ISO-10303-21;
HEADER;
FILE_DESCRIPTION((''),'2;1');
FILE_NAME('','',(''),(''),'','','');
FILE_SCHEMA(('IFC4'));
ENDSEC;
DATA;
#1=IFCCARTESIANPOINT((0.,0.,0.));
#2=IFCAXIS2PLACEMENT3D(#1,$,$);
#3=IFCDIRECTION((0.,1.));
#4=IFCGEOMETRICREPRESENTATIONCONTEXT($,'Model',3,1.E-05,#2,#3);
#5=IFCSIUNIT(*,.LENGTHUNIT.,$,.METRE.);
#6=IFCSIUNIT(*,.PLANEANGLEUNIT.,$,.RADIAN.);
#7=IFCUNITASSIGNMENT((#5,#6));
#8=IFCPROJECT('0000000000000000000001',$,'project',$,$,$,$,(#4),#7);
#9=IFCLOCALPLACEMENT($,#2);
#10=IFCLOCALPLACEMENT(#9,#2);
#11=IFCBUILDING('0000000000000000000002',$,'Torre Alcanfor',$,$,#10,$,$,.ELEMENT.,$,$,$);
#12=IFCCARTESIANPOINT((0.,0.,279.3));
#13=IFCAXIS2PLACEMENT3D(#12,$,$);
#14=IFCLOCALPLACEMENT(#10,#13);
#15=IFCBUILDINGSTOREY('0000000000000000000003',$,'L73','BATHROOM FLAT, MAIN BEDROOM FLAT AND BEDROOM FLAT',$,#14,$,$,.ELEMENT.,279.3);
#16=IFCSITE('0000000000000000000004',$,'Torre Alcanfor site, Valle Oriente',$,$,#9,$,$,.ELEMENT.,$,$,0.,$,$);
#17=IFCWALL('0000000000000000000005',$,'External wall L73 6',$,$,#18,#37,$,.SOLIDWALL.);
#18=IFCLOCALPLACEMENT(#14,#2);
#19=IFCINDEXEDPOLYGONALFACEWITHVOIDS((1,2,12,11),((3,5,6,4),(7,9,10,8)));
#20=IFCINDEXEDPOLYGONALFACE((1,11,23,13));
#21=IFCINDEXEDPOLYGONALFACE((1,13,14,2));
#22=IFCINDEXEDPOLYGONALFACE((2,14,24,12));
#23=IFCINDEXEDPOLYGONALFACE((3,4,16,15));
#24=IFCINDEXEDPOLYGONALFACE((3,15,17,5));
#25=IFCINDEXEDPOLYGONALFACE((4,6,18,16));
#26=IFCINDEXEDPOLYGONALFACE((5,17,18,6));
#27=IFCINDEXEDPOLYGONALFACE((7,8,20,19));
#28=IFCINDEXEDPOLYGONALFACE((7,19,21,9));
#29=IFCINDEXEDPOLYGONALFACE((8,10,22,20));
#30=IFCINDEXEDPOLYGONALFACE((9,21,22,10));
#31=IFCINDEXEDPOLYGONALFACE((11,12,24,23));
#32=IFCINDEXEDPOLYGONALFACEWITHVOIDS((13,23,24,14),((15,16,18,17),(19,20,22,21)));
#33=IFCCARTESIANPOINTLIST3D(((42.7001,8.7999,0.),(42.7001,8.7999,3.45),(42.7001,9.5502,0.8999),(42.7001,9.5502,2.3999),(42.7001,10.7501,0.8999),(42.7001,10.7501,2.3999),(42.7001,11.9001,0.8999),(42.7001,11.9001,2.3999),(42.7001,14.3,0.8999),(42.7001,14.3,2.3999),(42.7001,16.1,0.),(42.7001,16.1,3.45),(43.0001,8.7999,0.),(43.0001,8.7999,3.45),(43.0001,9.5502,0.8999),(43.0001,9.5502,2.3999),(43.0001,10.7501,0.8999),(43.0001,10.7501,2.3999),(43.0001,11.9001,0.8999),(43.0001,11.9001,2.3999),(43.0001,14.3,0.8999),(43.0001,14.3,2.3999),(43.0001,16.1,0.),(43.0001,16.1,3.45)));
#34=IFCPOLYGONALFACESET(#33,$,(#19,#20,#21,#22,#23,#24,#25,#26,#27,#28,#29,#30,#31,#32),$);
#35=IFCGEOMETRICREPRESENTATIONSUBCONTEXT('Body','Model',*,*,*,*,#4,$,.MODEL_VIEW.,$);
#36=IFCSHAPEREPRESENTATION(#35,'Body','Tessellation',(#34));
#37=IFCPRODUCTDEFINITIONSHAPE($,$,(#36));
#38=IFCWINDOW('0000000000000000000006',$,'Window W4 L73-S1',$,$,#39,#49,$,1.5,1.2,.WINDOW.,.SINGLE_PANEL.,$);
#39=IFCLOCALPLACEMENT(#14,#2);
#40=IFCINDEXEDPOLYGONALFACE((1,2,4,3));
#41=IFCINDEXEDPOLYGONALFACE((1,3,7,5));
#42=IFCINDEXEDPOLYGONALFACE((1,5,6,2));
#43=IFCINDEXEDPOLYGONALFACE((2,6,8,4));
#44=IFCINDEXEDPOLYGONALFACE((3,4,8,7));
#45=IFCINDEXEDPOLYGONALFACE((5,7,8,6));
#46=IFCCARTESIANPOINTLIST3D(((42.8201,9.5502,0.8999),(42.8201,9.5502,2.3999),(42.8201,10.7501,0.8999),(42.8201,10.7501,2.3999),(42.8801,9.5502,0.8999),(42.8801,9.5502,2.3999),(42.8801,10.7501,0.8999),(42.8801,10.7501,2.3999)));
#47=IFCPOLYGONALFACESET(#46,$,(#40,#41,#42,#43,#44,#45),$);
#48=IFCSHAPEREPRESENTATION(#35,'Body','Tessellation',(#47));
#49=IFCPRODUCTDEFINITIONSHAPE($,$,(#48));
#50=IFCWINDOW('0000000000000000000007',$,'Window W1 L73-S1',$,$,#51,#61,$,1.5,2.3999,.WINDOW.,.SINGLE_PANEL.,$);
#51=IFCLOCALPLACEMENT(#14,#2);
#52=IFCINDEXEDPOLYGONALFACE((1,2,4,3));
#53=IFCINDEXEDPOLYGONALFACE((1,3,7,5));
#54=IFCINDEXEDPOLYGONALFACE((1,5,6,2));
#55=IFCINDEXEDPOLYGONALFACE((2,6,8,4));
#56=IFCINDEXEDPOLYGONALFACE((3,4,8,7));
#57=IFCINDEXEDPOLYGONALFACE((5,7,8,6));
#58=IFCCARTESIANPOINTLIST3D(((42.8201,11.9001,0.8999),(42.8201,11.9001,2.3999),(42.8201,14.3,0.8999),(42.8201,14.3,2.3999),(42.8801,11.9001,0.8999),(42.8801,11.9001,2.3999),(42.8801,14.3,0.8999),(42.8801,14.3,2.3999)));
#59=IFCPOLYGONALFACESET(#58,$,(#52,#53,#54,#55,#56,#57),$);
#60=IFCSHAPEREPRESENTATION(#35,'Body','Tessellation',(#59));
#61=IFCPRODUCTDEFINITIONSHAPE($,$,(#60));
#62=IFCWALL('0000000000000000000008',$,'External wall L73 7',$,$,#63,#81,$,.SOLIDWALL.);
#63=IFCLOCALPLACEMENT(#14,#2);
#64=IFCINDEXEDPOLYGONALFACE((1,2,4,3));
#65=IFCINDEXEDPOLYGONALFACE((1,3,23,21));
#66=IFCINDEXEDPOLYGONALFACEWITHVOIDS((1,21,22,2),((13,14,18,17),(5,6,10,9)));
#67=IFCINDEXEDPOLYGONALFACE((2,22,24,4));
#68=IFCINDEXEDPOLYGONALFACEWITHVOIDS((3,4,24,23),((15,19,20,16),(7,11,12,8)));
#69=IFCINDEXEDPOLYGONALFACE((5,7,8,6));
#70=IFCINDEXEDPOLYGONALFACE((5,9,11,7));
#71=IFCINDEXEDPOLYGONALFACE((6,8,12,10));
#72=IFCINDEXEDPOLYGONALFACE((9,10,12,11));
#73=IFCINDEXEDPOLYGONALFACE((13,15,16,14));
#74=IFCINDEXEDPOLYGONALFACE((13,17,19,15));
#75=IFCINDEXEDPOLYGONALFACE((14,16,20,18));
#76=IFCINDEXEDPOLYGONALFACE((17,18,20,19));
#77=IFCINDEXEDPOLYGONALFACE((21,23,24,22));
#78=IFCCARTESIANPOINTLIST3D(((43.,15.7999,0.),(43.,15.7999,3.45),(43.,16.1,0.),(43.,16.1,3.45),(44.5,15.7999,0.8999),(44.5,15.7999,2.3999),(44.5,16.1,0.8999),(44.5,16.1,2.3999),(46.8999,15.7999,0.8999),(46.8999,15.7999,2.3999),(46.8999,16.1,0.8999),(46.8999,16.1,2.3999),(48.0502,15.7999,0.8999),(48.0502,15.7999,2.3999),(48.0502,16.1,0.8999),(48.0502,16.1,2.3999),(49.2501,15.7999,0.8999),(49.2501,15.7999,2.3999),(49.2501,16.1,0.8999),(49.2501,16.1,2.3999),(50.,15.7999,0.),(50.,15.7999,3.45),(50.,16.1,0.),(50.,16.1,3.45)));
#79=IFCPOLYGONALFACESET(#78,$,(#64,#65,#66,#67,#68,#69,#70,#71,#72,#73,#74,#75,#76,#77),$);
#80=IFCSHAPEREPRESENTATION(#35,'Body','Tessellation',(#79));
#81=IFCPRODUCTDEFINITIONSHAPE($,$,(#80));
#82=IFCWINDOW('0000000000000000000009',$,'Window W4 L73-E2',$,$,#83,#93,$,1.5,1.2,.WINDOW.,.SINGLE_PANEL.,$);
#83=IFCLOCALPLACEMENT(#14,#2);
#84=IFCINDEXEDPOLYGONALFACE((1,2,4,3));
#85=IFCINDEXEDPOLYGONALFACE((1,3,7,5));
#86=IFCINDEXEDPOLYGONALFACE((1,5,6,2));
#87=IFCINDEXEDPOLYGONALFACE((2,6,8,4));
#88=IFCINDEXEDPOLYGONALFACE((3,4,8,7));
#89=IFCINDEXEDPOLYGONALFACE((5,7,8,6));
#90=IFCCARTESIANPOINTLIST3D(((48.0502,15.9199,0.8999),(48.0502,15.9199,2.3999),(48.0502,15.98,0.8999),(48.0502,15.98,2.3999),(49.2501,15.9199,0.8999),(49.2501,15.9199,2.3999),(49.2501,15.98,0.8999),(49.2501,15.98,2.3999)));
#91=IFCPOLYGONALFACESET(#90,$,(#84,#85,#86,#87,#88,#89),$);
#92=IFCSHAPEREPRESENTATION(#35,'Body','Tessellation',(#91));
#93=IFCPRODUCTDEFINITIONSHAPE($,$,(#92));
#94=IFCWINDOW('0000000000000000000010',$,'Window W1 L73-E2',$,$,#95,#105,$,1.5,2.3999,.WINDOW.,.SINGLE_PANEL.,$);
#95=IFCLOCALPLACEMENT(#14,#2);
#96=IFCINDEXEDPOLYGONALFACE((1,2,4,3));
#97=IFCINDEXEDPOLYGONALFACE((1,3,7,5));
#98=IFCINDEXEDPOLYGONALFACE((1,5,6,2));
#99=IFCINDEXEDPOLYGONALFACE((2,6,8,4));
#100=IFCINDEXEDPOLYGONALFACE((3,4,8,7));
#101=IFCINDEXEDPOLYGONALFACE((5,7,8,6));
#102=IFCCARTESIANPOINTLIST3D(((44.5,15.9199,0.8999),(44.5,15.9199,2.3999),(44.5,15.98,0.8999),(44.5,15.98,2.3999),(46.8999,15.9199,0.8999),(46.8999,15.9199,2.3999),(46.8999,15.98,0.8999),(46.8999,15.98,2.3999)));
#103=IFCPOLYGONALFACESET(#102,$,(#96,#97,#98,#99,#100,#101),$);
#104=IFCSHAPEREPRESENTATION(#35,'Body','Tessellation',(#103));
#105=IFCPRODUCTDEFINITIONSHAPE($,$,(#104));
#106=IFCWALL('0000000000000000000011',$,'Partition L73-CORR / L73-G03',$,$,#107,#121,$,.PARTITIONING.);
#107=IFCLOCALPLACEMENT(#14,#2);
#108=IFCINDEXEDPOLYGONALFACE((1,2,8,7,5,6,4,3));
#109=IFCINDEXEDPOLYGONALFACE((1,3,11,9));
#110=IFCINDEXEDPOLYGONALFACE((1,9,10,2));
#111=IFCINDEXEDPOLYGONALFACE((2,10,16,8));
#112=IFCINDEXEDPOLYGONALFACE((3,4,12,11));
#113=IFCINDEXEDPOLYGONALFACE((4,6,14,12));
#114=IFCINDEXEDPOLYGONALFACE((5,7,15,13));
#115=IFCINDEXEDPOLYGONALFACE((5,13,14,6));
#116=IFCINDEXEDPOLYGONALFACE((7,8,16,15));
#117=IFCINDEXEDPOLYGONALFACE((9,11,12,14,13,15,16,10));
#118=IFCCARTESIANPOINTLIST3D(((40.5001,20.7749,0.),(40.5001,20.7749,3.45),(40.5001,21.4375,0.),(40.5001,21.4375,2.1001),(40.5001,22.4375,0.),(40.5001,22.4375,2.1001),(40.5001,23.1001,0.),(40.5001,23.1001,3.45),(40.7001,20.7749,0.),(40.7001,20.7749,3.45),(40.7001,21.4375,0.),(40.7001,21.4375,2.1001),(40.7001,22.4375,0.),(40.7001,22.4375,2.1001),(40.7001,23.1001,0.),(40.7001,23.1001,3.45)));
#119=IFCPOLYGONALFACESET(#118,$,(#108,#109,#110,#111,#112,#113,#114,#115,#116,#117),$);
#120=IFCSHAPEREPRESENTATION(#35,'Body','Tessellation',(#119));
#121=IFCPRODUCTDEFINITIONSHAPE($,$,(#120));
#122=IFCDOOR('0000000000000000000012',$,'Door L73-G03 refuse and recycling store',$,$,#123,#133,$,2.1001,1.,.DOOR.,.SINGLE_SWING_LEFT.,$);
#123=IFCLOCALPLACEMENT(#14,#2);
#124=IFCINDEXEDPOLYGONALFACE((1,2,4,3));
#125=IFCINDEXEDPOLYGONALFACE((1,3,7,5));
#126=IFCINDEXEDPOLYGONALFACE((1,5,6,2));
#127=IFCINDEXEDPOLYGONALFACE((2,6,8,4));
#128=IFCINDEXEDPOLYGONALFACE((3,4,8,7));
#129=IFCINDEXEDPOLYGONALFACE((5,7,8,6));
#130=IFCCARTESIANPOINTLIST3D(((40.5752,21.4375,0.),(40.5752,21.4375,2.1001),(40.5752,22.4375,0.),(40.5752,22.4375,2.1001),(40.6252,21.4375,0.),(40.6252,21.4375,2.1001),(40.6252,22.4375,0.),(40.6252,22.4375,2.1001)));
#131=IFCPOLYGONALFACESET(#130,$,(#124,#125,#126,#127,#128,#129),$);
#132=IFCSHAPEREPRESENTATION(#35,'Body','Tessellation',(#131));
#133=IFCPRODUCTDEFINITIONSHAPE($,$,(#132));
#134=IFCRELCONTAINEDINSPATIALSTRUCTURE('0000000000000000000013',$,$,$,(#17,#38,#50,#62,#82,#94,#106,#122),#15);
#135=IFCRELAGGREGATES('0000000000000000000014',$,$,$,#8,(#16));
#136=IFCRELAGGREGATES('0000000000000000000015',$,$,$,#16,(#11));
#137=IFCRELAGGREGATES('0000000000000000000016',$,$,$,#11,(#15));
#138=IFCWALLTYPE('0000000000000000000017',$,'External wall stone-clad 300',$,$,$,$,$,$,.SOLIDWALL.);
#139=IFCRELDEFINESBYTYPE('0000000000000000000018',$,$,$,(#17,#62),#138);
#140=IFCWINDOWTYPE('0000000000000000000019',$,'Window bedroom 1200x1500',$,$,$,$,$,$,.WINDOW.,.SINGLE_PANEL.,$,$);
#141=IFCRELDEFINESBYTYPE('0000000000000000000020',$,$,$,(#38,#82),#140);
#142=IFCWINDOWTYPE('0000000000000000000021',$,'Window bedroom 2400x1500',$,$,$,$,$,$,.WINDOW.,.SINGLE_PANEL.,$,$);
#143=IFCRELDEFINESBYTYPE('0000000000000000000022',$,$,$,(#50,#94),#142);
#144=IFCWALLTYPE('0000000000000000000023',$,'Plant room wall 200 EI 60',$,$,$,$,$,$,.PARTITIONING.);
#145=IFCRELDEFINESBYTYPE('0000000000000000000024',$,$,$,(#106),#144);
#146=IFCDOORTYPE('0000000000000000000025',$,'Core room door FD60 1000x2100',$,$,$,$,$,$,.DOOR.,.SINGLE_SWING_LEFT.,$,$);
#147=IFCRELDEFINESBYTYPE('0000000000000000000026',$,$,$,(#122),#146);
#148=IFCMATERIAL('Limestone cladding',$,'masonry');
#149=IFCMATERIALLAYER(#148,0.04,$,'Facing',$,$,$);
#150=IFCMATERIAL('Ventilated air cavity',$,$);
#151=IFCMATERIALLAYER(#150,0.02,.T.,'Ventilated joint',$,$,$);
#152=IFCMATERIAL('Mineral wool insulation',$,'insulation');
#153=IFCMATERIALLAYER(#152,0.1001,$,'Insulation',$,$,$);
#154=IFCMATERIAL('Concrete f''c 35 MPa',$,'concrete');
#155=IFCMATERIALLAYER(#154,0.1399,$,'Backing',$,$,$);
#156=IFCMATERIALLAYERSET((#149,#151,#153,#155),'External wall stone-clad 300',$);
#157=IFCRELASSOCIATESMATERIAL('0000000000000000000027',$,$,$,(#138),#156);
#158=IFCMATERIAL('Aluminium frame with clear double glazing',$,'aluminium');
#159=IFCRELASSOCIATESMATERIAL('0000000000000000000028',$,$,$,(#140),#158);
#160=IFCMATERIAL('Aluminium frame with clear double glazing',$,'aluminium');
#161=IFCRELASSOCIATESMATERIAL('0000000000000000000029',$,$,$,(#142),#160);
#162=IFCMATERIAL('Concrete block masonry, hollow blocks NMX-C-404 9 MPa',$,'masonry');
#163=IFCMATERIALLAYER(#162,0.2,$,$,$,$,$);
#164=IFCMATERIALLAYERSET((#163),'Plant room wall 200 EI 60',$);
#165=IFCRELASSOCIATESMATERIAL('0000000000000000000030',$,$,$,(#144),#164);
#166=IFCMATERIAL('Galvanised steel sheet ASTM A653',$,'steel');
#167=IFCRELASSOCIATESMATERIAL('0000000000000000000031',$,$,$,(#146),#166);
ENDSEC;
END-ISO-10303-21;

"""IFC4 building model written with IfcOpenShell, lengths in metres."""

from ifc_helpers import new_model, si_unit, direction, frame, frame_2d, origin, place, context, subcontext, project, spatial, rectangle, extrude, material, layer, layer_set, type_object, element, fill, save


model = new_model("IFC4")

# Units and contexts
model_context = context("Model", 3, precision=1e-05, world=origin(), true_north=direction((0.0, 1.0)))
body_context = subcontext(model_context, "Body", "Model", "MODEL_VIEW")
ifc_project = project(units=[si_unit("LENGTHUNIT", "METRE"), si_unit("PLANEANGLEUNIT", "RADIAN")], contexts=[model_context])

# Site, building, storey
site_placement = place(None, origin())
site = spatial("IfcSite", under=ifc_project, at=site_placement, Name="Torre Alcanfor site, Valle Oriente", CompositionType="ELEMENT", RefElevation=0.0)
building_placement = place(site_placement, origin())
building = spatial("IfcBuilding", under=site, at=building_placement, Name="Torre Alcanfor", CompositionType="ELEMENT")
storey_placement = place(building_placement, frame((0.0, 0.0, 279.3)))
storey = spatial("IfcBuildingStorey", under=building, at=storey_placement, Name="L73", Description="BATHROOM FLAT, MAIN BEDROOM FLAT AND BEDROOM FLAT", CompositionType="ELEMENT", Elevation=279.3)

# Walls, openings, windows
ifc_material_1 = material(Name="Limestone cladding", Category="masonry")
ifc_layer_1 = layer(ifc_material_1, 0.04, Name="Facing")
ifc_material_2 = material(Name="Ventilated air cavity")
ifc_layer_2 = layer(ifc_material_2, 0.02, ventilated=True, Name="Ventilated joint")
ifc_material_3 = material(Name="Mineral wool insulation", Category="insulation")
ifc_layer_3 = layer(ifc_material_3, 0.1001, Name="Insulation")
ifc_material_4 = material(Name="Concrete f'c 35 MPa", Category="concrete")
ifc_layer_4 = layer(ifc_material_4, 0.1399, Name="Backing")
ifc_layer_set_1 = layer_set([ifc_layer_1, ifc_layer_2, ifc_layer_3, ifc_layer_4], Name="External wall stone-clad 300")
wall_type_1 = type_object("IfcWallType", Name="External wall stone-clad 300", PredefinedType="SOLIDWALL", material=ifc_layer_set_1)
wall_1_placement = place(storey_placement, frame((42.8501, 8.8, 0.0), z_axis=(0.0, 0.0, 1.0), x_axis=(0.0, 1.0, 0.0)))
wall_1 = element("IfcWall", 1, at=wall_1_placement, inside=storey, type_object=wall_type_1, Name="External wall L73 6", PredefinedType="SOLIDWALL", context=body_context, shape_type="SweptSolid", body=[
    extrude(rectangle(XDim=7.3, YDim=0.3, at=frame_2d((3.6499, 0.0))), origin(), (0.0, 0.0, 1.0), 3.45),
])
opening_1_placement = place(wall_1_placement, frame((3.1001, 0.0, 0.8999)))
opening_1 = element("IfcOpeningElement", 2, at=opening_1_placement, cuts=wall_1, PredefinedType="OPENING", context=body_context, shape_type="SweptSolid", body=[
    extrude(rectangle(XDim=2.3999, YDim=1.5, at=frame_2d((1.2, 0.75))), frame((0.0, 0.1599, 0.0), z_axis=(0.0, -1.0, 0.0), x_axis=(1.0, 0.0, 0.0)), (0.0, 0.0, 1.0), 0.3201),
])
opening_2_placement = place(wall_1_placement, frame((0.75, 0.0, 0.8999)))
opening_2 = element("IfcOpeningElement", 3, at=opening_2_placement, cuts=wall_1, PredefinedType="OPENING", context=body_context, shape_type="SweptSolid", body=[
    extrude(rectangle(XDim=1.2, YDim=1.5, at=frame_2d((0.6001, 0.75))), frame((0.0, 0.1599, 0.0), z_axis=(0.0, -1.0, 0.0), x_axis=(1.0, 0.0, 0.0)), (0.0, 0.0, 1.0), 0.3201),
])
ifc_material_5 = material(Name="Aluminium frame with clear double glazing", Category="aluminium")
window_type_1 = type_object("IfcWindowType", Name="Window bedroom 1200x1500", PartitioningType="SINGLE_PANEL", PredefinedType="WINDOW", material=ifc_material_5)
window_1_placement = place(opening_2_placement, origin())
window_1 = element("IfcWindow", 4, at=window_1_placement, inside=storey, type_object=window_type_1, Name="Window W4 L73-S1", OverallHeight=1.5, OverallWidth=1.2, PartitioningType="SINGLE_PANEL", PredefinedType="WINDOW", context=body_context, shape_type="SweptSolid", body=[
    extrude(rectangle(XDim=1.2, YDim=1.5, at=frame_2d((0.6001, 0.75))), frame((0.0, 0.03, 0.0), z_axis=(0.0, -1.0, 0.0), x_axis=(1.0, 0.0, 0.0)), (0.0, 0.0, 1.0), 0.0601),
])
fill(opening_2, window_1)
ifc_material_6 = material(Name="Aluminium frame with clear double glazing", Category="aluminium")
window_type_2 = type_object("IfcWindowType", Name="Window bedroom 2400x1500", PartitioningType="SINGLE_PANEL", PredefinedType="WINDOW", material=ifc_material_6)
window_2_placement = place(opening_1_placement, origin())
window_2 = element("IfcWindow", 5, at=window_2_placement, inside=storey, type_object=window_type_2, Name="Window W1 L73-S1", OverallHeight=1.5, OverallWidth=2.3999, PartitioningType="SINGLE_PANEL", PredefinedType="WINDOW", context=body_context, shape_type="SweptSolid", body=[
    extrude(rectangle(XDim=2.3999, YDim=1.5, at=frame_2d((1.2, 0.75))), frame((0.0, 0.03, 0.0), z_axis=(0.0, -1.0, 0.0), x_axis=(1.0, 0.0, 0.0)), (0.0, 0.0, 1.0), 0.0601),
])
fill(opening_1, window_2)
wall_2_placement = place(storey_placement, frame((43.0, 15.95, 0.0), z_axis=(0.0, 0.0, 1.0), x_axis=(1.0, 0.0, 0.0)))
wall_2 = element("IfcWall", 6, at=wall_2_placement, inside=storey, type_object=wall_type_1, Name="External wall L73 7", PredefinedType="SOLIDWALL", context=body_context, shape_type="SweptSolid", body=[
    extrude(rectangle(XDim=7.0, YDim=0.3, at=frame_2d((3.5, 0.0))), origin(), (0.0, 0.0, 1.0), 3.45),
])
opening_3_placement = place(wall_2_placement, frame((1.5, 0.0, 0.8999)))
opening_3 = element("IfcOpeningElement", 7, at=opening_3_placement, cuts=wall_2, PredefinedType="OPENING", context=body_context, shape_type="SweptSolid", body=[
    extrude(rectangle(XDim=2.3999, YDim=1.5, at=frame_2d((1.2, 0.75))), frame((0.0, 0.1599, 0.0), z_axis=(0.0, -1.0, 0.0), x_axis=(1.0, 0.0, 0.0)), (0.0, 0.0, 1.0), 0.3201),
])
opening_4_placement = place(wall_2_placement, frame((5.05, 0.0, 0.8999)))
opening_4 = element("IfcOpeningElement", 8, at=opening_4_placement, cuts=wall_2, PredefinedType="OPENING", context=body_context, shape_type="SweptSolid", body=[
    extrude(rectangle(XDim=1.2, YDim=1.5, at=frame_2d((0.6001, 0.75))), frame((0.0, 0.1599, 0.0), z_axis=(0.0, -1.0, 0.0), x_axis=(1.0, 0.0, 0.0)), (0.0, 0.0, 1.0), 0.3201),
])
window_3_placement = place(opening_4_placement, origin())
window_3 = element("IfcWindow", 9, at=window_3_placement, inside=storey, type_object=window_type_1, Name="Window W4 L73-E2", OverallHeight=1.5, OverallWidth=1.2, PartitioningType="SINGLE_PANEL", PredefinedType="WINDOW", context=body_context, shape_type="SweptSolid", body=[
    extrude(rectangle(XDim=1.2, YDim=1.5, at=frame_2d((0.6001, 0.75))), frame((0.0, 0.03, 0.0), z_axis=(0.0, -1.0, 0.0), x_axis=(1.0, 0.0, 0.0)), (0.0, 0.0, 1.0), 0.0601),
])
fill(opening_4, window_3)
window_4_placement = place(opening_3_placement, origin())
window_4 = element("IfcWindow", 10, at=window_4_placement, inside=storey, type_object=window_type_2, Name="Window W1 L73-E2", OverallHeight=1.5, OverallWidth=2.3999, PartitioningType="SINGLE_PANEL", PredefinedType="WINDOW", context=body_context, shape_type="SweptSolid", body=[
    extrude(rectangle(XDim=2.3999, YDim=1.5, at=frame_2d((1.2, 0.75))), frame((0.0, 0.03, 0.0), z_axis=(0.0, -1.0, 0.0), x_axis=(1.0, 0.0, 0.0)), (0.0, 0.0, 1.0), 0.0601),
])
fill(opening_3, window_4)

# Wall, opening, door
ifc_material_7 = material(Name="Concrete block masonry, hollow blocks NMX-C-404 9 MPa", Category="masonry")
ifc_layer_5 = layer(ifc_material_7, 0.2)
ifc_layer_set_2 = layer_set([ifc_layer_5], Name="Plant room wall 200 EI 60")
wall_type_2 = type_object("IfcWallType", Name="Plant room wall 200 EI 60", PredefinedType="PARTITIONING", material=ifc_layer_set_2)
wall_3_placement = place(storey_placement, frame((40.6001, 20.7749, 0.0), z_axis=(0.0, 0.0, 1.0), x_axis=(0.0, 1.0, 0.0)))
wall_3 = element("IfcWall", 11, at=wall_3_placement, inside=storey, type_object=wall_type_2, Name="Partition L73-CORR / L73-G03", PredefinedType="PARTITIONING", context=body_context, shape_type="SweptSolid", body=[
    extrude(rectangle(XDim=2.3252, YDim=0.2, at=frame_2d((1.1626, 0.0))), origin(), (0.0, 0.0, 1.0), 3.45),
])
opening_5_placement = place(wall_3_placement, frame((0.6626, 0.0, 0.0)))
opening_5 = element("IfcOpeningElement", 12, at=opening_5_placement, cuts=wall_3, PredefinedType="OPENING", context=body_context, shape_type="SweptSolid", body=[
    extrude(rectangle(XDim=1.0, YDim=2.1001, at=frame_2d((0.5, 1.05))), frame((0.0, 0.1099, 0.0), z_axis=(0.0, -1.0, 0.0), x_axis=(1.0, 0.0, 0.0)), (0.0, 0.0, 1.0), 0.22),
])
ifc_material_8 = material(Name="Galvanised steel sheet ASTM A653", Category="steel")
door_type = type_object("IfcDoorType", Name="Core room door FD60 1000x2100", OperationType="SINGLE_SWING_LEFT", PredefinedType="DOOR", material=ifc_material_8)
door_placement = place(opening_5_placement, origin())
door = element("IfcDoor", 13, at=door_placement, inside=storey, type_object=door_type, Name="Door L73-G03 refuse and recycling store", OperationType="SINGLE_SWING_LEFT", OverallHeight=2.1001, OverallWidth=1.0, PredefinedType="DOOR", context=body_context, shape_type="SweptSolid", body=[
    extrude(rectangle(XDim=1.0, YDim=2.1001, at=frame_2d((0.5, 1.05))), frame((0.0, 0.0249, 0.0), z_axis=(0.0, -1.0, 0.0), x_axis=(1.0, 0.0, 0.0)), (0.0, 0.0, 1.0), 0.05),
])
fill(opening_5, door)

save(model, "model.ifc")
